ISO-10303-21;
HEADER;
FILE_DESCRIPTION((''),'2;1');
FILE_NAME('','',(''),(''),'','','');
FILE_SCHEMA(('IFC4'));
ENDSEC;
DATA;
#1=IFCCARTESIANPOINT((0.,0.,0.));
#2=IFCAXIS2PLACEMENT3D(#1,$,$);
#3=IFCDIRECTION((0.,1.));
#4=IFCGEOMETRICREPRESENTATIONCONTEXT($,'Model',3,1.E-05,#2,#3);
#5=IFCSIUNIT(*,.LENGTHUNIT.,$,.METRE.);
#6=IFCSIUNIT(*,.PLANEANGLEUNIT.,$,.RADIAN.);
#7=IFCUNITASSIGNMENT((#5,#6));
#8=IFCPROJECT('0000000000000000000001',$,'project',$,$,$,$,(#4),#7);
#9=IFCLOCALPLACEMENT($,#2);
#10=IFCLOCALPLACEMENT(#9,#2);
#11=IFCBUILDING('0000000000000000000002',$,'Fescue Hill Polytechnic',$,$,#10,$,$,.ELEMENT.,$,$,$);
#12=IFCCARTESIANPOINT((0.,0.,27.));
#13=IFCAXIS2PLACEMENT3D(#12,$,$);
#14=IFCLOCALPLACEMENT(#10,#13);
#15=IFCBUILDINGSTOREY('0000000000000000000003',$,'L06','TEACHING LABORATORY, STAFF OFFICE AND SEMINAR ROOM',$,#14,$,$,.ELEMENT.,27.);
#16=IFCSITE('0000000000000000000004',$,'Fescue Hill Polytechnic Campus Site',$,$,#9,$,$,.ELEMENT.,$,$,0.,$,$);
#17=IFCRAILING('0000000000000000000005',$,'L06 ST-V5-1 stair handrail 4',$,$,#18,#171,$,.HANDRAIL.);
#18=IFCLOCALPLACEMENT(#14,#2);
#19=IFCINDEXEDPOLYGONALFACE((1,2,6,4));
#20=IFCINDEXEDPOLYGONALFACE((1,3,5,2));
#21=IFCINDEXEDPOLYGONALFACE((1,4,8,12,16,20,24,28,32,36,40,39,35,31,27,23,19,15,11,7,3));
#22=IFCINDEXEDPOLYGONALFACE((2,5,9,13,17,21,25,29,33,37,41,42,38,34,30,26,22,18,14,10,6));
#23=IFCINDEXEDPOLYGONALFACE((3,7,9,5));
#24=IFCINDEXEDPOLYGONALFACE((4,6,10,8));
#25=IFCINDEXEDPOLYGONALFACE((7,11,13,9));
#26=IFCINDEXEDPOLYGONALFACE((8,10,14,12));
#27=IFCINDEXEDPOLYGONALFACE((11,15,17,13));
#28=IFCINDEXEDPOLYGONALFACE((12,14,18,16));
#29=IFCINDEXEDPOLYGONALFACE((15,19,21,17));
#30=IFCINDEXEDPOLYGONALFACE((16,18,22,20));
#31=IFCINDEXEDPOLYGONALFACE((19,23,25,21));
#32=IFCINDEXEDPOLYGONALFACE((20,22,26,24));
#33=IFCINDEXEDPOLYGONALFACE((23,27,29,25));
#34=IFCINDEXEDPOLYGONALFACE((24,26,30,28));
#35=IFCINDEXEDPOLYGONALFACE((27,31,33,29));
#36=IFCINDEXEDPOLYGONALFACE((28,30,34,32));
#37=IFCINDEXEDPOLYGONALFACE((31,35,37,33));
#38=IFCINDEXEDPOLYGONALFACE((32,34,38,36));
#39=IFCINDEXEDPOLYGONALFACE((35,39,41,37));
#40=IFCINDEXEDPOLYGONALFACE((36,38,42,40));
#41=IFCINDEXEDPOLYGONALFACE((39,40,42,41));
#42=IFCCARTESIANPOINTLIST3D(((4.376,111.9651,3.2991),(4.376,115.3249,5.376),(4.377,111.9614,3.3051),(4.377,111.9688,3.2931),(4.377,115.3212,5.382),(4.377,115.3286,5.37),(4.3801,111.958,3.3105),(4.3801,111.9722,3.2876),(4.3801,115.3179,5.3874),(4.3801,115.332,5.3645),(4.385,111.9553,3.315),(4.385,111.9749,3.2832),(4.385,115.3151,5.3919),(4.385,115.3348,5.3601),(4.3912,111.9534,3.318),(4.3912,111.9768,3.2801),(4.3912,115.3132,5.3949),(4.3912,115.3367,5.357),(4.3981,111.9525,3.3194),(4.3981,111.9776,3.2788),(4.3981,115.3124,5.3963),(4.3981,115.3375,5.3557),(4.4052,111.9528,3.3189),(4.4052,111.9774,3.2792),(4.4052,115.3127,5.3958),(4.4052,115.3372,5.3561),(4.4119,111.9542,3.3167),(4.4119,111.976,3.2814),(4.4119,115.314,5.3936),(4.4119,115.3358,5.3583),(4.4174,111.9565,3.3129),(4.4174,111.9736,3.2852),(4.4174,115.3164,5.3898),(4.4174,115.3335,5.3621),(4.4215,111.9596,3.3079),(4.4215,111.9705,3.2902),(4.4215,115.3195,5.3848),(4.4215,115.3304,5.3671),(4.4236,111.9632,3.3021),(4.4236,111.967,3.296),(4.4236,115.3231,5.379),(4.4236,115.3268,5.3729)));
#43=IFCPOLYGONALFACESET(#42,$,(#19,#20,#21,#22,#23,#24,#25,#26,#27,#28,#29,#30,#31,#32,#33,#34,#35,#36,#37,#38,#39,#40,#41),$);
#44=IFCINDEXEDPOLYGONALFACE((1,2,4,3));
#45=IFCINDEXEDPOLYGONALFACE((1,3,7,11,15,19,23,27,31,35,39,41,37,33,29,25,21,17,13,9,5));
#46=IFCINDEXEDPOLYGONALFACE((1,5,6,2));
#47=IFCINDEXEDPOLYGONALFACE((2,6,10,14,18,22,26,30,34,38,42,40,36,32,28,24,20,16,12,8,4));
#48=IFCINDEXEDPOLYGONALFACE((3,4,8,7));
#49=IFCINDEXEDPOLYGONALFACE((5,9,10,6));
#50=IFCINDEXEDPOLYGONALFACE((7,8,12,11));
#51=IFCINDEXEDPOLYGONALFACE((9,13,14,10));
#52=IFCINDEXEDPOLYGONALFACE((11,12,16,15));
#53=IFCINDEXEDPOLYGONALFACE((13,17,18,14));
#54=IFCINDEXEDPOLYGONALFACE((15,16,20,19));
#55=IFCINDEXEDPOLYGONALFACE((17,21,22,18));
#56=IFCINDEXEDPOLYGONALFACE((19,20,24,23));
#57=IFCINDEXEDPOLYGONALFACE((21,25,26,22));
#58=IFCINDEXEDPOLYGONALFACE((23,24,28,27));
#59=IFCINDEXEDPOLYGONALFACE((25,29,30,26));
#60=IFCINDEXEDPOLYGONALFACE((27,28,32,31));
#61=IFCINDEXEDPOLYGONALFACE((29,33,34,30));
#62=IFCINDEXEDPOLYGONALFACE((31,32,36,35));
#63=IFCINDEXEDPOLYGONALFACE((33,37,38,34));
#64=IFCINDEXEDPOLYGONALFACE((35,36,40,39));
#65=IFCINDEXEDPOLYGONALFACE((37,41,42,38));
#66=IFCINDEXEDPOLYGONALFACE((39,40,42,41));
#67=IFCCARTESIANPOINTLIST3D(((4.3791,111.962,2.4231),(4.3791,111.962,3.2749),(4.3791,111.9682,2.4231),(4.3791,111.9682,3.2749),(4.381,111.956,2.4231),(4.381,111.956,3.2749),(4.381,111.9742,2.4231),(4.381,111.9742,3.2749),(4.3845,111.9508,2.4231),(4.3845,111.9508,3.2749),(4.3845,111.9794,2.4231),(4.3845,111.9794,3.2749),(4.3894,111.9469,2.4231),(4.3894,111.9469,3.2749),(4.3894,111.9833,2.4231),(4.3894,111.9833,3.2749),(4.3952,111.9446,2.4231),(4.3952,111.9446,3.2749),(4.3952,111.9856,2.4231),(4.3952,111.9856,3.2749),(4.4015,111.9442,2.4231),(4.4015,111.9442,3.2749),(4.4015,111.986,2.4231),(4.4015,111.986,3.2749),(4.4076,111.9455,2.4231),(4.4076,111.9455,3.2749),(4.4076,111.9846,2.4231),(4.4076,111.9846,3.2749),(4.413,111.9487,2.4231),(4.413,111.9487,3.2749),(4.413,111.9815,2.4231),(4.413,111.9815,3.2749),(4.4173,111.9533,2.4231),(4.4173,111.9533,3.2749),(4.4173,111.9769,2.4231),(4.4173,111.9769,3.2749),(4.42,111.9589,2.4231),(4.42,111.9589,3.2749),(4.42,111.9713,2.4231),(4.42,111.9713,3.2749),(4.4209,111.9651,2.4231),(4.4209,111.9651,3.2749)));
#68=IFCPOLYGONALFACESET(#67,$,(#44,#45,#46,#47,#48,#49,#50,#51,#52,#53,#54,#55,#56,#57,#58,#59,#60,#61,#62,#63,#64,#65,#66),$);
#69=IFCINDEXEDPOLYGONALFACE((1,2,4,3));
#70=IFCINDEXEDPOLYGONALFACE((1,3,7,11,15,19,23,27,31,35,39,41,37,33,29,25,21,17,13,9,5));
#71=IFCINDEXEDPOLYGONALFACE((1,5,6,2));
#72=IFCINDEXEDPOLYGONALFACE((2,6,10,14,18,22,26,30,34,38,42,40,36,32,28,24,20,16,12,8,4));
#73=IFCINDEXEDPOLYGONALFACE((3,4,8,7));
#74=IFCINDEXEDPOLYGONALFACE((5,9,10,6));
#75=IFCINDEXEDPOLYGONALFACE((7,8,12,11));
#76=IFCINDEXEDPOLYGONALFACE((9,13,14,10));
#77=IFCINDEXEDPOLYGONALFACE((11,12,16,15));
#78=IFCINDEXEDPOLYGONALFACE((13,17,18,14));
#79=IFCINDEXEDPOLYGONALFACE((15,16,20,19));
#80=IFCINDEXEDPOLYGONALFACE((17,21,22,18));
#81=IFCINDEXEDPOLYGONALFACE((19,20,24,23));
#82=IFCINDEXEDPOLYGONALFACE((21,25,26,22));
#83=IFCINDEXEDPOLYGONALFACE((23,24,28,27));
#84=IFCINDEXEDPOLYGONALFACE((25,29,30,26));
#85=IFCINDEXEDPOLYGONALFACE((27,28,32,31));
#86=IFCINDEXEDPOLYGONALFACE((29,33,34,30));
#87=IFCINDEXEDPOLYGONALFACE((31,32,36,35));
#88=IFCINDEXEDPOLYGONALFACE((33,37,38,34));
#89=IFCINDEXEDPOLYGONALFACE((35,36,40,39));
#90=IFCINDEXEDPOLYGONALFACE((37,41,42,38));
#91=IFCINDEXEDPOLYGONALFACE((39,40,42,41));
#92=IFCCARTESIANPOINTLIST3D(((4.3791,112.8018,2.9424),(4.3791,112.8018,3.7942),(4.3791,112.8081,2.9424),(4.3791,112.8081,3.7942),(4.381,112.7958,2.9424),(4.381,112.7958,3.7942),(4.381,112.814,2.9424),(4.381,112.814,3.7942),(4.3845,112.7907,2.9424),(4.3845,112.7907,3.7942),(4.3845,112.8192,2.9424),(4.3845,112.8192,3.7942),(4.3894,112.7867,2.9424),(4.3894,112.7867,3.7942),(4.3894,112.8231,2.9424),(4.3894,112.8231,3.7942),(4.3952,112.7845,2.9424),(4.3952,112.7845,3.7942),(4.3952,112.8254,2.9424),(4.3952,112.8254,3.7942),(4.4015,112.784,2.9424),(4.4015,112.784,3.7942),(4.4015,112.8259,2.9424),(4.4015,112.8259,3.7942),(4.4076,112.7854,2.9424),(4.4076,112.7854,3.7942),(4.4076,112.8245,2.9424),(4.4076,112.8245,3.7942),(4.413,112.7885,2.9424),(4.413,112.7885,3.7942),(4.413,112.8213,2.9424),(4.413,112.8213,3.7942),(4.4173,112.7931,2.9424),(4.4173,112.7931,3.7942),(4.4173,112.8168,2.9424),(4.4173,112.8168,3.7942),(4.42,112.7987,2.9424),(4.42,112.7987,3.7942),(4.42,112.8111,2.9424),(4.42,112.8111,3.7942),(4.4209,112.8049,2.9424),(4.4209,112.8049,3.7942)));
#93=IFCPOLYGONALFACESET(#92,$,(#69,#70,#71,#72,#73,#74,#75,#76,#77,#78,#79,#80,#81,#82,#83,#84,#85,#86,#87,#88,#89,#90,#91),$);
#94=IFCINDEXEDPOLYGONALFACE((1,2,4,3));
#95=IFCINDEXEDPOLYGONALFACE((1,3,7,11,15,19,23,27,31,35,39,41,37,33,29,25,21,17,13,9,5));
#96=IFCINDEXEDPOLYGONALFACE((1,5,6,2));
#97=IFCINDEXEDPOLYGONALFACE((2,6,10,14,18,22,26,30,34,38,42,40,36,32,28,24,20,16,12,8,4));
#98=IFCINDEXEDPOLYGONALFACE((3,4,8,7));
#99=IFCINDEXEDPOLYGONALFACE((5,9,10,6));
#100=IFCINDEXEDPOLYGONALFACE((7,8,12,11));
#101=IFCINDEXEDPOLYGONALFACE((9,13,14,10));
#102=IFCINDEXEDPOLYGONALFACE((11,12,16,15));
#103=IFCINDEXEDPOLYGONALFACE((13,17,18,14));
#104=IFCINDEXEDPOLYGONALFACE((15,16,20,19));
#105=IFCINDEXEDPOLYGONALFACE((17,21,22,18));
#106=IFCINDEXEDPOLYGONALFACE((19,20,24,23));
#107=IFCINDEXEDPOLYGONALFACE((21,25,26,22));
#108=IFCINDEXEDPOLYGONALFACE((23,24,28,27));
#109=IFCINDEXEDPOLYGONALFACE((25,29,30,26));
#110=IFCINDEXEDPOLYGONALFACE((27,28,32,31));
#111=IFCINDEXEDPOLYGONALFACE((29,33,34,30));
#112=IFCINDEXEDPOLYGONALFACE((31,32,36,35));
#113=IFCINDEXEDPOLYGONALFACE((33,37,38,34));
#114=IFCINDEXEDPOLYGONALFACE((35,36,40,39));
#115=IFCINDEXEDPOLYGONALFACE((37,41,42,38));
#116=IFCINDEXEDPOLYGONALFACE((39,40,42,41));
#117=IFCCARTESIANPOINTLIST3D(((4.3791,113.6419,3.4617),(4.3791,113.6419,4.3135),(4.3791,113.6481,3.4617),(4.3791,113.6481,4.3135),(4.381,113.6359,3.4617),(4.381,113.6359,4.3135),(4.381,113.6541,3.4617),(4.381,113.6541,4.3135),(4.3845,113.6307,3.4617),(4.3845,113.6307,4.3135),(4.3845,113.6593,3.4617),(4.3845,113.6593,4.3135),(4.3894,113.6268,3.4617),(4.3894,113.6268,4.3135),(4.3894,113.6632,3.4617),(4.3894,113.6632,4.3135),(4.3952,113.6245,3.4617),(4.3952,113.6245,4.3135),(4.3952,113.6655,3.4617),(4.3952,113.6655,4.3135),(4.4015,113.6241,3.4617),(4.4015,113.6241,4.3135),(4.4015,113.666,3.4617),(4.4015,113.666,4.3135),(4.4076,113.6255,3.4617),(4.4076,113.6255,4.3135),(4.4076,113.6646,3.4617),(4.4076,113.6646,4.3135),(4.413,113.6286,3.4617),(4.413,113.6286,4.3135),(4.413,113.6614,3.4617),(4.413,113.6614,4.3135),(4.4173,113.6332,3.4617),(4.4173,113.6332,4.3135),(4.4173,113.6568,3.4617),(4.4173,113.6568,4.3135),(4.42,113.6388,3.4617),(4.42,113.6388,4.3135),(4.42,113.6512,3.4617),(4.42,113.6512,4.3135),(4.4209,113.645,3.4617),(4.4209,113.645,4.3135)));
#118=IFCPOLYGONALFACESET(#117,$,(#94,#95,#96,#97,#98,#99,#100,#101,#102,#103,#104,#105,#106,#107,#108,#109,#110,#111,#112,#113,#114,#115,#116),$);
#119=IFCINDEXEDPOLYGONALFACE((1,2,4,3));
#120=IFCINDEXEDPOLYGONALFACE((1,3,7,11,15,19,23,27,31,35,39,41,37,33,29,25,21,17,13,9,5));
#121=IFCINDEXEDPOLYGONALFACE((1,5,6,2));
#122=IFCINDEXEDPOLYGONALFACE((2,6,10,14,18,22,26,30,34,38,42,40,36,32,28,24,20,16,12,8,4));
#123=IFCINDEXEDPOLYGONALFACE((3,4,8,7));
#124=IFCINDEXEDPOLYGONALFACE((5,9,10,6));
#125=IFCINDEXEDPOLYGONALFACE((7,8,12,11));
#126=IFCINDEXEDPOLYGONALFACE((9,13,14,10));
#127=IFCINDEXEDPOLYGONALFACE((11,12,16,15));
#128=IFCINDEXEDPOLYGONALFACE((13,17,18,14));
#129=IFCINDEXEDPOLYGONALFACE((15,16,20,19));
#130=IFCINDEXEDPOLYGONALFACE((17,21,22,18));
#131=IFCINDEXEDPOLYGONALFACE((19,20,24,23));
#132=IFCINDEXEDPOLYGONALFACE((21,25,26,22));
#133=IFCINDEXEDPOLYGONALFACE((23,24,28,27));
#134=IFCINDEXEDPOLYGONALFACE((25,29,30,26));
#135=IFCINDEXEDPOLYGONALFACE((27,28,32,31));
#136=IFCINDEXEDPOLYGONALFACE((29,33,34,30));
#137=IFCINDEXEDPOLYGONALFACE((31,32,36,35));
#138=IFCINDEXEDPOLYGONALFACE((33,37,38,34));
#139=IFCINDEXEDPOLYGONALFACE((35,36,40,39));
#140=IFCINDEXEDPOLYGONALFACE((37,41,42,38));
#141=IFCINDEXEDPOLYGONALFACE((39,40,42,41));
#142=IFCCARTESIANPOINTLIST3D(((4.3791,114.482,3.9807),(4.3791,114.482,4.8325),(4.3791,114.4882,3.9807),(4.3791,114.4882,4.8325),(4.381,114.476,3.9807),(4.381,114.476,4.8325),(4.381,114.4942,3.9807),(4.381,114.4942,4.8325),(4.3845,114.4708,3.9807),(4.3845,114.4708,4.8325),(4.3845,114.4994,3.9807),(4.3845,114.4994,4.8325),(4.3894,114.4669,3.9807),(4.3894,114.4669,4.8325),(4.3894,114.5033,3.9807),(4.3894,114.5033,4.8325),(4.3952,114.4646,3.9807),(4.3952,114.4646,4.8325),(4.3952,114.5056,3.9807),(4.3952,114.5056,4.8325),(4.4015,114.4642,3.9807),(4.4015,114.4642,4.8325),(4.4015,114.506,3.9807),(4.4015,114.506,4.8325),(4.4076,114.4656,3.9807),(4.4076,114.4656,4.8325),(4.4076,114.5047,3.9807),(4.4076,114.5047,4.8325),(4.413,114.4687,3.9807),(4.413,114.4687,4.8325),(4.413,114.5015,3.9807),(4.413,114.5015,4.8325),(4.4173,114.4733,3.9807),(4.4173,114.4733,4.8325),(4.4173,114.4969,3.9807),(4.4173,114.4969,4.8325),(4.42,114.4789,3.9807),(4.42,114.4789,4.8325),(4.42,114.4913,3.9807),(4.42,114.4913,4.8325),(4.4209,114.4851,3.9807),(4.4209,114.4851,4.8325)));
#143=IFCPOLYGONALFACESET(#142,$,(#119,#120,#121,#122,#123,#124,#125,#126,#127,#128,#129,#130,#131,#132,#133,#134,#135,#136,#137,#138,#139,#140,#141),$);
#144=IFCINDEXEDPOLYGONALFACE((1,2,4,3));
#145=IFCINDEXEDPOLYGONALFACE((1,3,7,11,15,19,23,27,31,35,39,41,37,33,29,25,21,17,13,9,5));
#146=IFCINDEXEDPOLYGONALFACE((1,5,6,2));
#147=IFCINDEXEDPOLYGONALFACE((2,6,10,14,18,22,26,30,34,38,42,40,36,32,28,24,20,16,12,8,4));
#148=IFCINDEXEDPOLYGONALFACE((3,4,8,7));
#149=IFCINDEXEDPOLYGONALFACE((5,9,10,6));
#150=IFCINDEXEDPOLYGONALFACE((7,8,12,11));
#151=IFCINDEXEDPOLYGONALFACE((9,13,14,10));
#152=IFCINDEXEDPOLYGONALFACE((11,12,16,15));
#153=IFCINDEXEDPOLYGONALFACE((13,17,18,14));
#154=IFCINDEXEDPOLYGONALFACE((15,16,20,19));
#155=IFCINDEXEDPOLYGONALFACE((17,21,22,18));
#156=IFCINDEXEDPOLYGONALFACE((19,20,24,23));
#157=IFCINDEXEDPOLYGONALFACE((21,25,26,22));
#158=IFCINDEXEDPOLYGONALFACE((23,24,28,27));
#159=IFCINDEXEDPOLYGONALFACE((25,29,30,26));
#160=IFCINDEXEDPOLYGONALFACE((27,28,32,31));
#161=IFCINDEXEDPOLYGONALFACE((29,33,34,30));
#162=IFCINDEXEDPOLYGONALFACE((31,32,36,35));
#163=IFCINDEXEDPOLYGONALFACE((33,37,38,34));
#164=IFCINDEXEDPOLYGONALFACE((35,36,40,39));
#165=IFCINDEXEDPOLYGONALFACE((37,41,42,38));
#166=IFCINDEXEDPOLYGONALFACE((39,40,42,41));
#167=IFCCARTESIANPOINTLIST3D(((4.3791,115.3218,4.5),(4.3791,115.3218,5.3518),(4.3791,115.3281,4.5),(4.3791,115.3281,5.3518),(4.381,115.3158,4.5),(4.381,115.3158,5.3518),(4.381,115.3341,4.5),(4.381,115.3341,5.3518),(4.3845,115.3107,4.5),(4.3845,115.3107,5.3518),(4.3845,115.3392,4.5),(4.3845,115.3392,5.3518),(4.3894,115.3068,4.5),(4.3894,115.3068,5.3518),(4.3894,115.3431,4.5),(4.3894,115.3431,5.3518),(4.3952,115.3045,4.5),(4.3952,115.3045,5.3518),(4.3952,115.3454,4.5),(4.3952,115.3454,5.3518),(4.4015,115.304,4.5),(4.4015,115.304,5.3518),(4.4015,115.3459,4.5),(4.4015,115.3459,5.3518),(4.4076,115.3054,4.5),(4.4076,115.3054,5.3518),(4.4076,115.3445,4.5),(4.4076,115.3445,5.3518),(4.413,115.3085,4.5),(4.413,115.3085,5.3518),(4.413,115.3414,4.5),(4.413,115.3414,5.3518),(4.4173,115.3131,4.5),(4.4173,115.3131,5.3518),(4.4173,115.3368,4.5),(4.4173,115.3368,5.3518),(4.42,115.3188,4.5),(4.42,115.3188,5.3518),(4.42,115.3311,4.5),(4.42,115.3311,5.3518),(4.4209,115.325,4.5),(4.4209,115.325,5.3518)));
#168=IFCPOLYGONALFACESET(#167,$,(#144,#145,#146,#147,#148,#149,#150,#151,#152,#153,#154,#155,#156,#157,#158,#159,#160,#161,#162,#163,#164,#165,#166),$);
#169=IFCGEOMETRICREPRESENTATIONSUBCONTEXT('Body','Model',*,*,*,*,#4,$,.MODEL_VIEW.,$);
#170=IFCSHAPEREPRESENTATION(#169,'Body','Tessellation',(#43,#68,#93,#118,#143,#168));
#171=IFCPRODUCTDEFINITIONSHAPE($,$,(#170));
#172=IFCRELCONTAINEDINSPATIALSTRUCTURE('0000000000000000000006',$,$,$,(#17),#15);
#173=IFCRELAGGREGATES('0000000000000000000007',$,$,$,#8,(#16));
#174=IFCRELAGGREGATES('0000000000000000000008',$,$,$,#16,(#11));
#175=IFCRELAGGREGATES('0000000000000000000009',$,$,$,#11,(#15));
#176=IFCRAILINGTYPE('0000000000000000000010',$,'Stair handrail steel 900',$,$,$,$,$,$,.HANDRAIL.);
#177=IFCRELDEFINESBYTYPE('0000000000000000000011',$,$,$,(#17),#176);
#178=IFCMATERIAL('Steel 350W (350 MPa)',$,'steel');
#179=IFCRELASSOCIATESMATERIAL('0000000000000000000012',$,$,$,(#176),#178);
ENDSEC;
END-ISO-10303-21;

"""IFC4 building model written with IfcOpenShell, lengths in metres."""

from ifc_helpers import new_model, si_unit, direction, frame, origin, origin_2d, place, context, subcontext, project, spatial, circle, extrude, material, type_object, element, save


model = new_model("IFC4")

# Units and contexts
model_context = context("Model", 3, precision=1e-05, world=origin(), true_north=direction((0.0, 1.0)))
body_context = subcontext(model_context, "Body", "Model", "MODEL_VIEW")
ifc_project = project(units=[si_unit("LENGTHUNIT", "METRE"), si_unit("PLANEANGLEUNIT", "RADIAN")], contexts=[model_context])

# Site, building, storey
site_placement = place(None, origin())
site = spatial("IfcSite", under=ifc_project, at=site_placement, Name="Fescue Hill Polytechnic Campus Site", CompositionType="ELEMENT", RefElevation=0.0)
building_placement = place(site_placement, origin())
building = spatial("IfcBuilding", under=site, at=building_placement, Name="Fescue Hill Polytechnic", CompositionType="ELEMENT")
storey_placement = place(building_placement, frame((0.0, 0.0, 27.0)))
storey = spatial("IfcBuildingStorey", under=building, at=storey_placement, Name="L06", Description="TEACHING LABORATORY, STAFF OFFICE AND SEMINAR ROOM", CompositionType="ELEMENT", Elevation=27.0)

# Railing
ifc_material_1 = material(Name="Steel 350W (350 MPa)", Category="steel")
railing_type_1 = type_object("IfcRailingType", Name="Stair handrail steel 900", PredefinedType="HANDRAIL", material=ifc_material_1)
railing_1_placement = place(storey_placement, frame((4.3999, 111.9651, 2.4231)))
element("IfcRailing", 1, at=railing_1_placement, inside=storey, type_object=railing_type_1, Name="L06 ST-V5-1 stair handrail 4", PredefinedType="HANDRAIL", context=body_context, shape_type="SweptSolid", body=[
    extrude(circle(Radius=0.0239, at=origin_2d()), frame((0.0, 0.0, 0.876), z_axis=(0.0, 0.850606, 0.525803), x_axis=(-1.0, 0.0, 0.0)), (0.0, 0.0, 1.0), 3.95),
    extrude(circle(Radius=0.021, at=origin_2d()), origin(), (0.0, 0.0, 1.0), 0.8518),
    extrude(circle(Radius=0.021, at=origin_2d()), frame((0.0, 0.8398, 0.5193)), (0.0, 0.0, 1.0), 0.8518),
    extrude(circle(Radius=0.021, at=origin_2d()), frame((0.0, 1.6799, 1.0386)), (0.0, 0.0, 1.0), 0.8518),
    extrude(circle(Radius=0.021, at=origin_2d()), frame((0.0, 2.52, 1.5576)), (0.0, 0.0, 1.0), 0.8518),
    extrude(circle(Radius=0.021, at=origin_2d()), frame((0.0, 3.3599, 2.0769)), (0.0, 0.0, 1.0), 0.8518),
])

save(model, "model.ifc")
